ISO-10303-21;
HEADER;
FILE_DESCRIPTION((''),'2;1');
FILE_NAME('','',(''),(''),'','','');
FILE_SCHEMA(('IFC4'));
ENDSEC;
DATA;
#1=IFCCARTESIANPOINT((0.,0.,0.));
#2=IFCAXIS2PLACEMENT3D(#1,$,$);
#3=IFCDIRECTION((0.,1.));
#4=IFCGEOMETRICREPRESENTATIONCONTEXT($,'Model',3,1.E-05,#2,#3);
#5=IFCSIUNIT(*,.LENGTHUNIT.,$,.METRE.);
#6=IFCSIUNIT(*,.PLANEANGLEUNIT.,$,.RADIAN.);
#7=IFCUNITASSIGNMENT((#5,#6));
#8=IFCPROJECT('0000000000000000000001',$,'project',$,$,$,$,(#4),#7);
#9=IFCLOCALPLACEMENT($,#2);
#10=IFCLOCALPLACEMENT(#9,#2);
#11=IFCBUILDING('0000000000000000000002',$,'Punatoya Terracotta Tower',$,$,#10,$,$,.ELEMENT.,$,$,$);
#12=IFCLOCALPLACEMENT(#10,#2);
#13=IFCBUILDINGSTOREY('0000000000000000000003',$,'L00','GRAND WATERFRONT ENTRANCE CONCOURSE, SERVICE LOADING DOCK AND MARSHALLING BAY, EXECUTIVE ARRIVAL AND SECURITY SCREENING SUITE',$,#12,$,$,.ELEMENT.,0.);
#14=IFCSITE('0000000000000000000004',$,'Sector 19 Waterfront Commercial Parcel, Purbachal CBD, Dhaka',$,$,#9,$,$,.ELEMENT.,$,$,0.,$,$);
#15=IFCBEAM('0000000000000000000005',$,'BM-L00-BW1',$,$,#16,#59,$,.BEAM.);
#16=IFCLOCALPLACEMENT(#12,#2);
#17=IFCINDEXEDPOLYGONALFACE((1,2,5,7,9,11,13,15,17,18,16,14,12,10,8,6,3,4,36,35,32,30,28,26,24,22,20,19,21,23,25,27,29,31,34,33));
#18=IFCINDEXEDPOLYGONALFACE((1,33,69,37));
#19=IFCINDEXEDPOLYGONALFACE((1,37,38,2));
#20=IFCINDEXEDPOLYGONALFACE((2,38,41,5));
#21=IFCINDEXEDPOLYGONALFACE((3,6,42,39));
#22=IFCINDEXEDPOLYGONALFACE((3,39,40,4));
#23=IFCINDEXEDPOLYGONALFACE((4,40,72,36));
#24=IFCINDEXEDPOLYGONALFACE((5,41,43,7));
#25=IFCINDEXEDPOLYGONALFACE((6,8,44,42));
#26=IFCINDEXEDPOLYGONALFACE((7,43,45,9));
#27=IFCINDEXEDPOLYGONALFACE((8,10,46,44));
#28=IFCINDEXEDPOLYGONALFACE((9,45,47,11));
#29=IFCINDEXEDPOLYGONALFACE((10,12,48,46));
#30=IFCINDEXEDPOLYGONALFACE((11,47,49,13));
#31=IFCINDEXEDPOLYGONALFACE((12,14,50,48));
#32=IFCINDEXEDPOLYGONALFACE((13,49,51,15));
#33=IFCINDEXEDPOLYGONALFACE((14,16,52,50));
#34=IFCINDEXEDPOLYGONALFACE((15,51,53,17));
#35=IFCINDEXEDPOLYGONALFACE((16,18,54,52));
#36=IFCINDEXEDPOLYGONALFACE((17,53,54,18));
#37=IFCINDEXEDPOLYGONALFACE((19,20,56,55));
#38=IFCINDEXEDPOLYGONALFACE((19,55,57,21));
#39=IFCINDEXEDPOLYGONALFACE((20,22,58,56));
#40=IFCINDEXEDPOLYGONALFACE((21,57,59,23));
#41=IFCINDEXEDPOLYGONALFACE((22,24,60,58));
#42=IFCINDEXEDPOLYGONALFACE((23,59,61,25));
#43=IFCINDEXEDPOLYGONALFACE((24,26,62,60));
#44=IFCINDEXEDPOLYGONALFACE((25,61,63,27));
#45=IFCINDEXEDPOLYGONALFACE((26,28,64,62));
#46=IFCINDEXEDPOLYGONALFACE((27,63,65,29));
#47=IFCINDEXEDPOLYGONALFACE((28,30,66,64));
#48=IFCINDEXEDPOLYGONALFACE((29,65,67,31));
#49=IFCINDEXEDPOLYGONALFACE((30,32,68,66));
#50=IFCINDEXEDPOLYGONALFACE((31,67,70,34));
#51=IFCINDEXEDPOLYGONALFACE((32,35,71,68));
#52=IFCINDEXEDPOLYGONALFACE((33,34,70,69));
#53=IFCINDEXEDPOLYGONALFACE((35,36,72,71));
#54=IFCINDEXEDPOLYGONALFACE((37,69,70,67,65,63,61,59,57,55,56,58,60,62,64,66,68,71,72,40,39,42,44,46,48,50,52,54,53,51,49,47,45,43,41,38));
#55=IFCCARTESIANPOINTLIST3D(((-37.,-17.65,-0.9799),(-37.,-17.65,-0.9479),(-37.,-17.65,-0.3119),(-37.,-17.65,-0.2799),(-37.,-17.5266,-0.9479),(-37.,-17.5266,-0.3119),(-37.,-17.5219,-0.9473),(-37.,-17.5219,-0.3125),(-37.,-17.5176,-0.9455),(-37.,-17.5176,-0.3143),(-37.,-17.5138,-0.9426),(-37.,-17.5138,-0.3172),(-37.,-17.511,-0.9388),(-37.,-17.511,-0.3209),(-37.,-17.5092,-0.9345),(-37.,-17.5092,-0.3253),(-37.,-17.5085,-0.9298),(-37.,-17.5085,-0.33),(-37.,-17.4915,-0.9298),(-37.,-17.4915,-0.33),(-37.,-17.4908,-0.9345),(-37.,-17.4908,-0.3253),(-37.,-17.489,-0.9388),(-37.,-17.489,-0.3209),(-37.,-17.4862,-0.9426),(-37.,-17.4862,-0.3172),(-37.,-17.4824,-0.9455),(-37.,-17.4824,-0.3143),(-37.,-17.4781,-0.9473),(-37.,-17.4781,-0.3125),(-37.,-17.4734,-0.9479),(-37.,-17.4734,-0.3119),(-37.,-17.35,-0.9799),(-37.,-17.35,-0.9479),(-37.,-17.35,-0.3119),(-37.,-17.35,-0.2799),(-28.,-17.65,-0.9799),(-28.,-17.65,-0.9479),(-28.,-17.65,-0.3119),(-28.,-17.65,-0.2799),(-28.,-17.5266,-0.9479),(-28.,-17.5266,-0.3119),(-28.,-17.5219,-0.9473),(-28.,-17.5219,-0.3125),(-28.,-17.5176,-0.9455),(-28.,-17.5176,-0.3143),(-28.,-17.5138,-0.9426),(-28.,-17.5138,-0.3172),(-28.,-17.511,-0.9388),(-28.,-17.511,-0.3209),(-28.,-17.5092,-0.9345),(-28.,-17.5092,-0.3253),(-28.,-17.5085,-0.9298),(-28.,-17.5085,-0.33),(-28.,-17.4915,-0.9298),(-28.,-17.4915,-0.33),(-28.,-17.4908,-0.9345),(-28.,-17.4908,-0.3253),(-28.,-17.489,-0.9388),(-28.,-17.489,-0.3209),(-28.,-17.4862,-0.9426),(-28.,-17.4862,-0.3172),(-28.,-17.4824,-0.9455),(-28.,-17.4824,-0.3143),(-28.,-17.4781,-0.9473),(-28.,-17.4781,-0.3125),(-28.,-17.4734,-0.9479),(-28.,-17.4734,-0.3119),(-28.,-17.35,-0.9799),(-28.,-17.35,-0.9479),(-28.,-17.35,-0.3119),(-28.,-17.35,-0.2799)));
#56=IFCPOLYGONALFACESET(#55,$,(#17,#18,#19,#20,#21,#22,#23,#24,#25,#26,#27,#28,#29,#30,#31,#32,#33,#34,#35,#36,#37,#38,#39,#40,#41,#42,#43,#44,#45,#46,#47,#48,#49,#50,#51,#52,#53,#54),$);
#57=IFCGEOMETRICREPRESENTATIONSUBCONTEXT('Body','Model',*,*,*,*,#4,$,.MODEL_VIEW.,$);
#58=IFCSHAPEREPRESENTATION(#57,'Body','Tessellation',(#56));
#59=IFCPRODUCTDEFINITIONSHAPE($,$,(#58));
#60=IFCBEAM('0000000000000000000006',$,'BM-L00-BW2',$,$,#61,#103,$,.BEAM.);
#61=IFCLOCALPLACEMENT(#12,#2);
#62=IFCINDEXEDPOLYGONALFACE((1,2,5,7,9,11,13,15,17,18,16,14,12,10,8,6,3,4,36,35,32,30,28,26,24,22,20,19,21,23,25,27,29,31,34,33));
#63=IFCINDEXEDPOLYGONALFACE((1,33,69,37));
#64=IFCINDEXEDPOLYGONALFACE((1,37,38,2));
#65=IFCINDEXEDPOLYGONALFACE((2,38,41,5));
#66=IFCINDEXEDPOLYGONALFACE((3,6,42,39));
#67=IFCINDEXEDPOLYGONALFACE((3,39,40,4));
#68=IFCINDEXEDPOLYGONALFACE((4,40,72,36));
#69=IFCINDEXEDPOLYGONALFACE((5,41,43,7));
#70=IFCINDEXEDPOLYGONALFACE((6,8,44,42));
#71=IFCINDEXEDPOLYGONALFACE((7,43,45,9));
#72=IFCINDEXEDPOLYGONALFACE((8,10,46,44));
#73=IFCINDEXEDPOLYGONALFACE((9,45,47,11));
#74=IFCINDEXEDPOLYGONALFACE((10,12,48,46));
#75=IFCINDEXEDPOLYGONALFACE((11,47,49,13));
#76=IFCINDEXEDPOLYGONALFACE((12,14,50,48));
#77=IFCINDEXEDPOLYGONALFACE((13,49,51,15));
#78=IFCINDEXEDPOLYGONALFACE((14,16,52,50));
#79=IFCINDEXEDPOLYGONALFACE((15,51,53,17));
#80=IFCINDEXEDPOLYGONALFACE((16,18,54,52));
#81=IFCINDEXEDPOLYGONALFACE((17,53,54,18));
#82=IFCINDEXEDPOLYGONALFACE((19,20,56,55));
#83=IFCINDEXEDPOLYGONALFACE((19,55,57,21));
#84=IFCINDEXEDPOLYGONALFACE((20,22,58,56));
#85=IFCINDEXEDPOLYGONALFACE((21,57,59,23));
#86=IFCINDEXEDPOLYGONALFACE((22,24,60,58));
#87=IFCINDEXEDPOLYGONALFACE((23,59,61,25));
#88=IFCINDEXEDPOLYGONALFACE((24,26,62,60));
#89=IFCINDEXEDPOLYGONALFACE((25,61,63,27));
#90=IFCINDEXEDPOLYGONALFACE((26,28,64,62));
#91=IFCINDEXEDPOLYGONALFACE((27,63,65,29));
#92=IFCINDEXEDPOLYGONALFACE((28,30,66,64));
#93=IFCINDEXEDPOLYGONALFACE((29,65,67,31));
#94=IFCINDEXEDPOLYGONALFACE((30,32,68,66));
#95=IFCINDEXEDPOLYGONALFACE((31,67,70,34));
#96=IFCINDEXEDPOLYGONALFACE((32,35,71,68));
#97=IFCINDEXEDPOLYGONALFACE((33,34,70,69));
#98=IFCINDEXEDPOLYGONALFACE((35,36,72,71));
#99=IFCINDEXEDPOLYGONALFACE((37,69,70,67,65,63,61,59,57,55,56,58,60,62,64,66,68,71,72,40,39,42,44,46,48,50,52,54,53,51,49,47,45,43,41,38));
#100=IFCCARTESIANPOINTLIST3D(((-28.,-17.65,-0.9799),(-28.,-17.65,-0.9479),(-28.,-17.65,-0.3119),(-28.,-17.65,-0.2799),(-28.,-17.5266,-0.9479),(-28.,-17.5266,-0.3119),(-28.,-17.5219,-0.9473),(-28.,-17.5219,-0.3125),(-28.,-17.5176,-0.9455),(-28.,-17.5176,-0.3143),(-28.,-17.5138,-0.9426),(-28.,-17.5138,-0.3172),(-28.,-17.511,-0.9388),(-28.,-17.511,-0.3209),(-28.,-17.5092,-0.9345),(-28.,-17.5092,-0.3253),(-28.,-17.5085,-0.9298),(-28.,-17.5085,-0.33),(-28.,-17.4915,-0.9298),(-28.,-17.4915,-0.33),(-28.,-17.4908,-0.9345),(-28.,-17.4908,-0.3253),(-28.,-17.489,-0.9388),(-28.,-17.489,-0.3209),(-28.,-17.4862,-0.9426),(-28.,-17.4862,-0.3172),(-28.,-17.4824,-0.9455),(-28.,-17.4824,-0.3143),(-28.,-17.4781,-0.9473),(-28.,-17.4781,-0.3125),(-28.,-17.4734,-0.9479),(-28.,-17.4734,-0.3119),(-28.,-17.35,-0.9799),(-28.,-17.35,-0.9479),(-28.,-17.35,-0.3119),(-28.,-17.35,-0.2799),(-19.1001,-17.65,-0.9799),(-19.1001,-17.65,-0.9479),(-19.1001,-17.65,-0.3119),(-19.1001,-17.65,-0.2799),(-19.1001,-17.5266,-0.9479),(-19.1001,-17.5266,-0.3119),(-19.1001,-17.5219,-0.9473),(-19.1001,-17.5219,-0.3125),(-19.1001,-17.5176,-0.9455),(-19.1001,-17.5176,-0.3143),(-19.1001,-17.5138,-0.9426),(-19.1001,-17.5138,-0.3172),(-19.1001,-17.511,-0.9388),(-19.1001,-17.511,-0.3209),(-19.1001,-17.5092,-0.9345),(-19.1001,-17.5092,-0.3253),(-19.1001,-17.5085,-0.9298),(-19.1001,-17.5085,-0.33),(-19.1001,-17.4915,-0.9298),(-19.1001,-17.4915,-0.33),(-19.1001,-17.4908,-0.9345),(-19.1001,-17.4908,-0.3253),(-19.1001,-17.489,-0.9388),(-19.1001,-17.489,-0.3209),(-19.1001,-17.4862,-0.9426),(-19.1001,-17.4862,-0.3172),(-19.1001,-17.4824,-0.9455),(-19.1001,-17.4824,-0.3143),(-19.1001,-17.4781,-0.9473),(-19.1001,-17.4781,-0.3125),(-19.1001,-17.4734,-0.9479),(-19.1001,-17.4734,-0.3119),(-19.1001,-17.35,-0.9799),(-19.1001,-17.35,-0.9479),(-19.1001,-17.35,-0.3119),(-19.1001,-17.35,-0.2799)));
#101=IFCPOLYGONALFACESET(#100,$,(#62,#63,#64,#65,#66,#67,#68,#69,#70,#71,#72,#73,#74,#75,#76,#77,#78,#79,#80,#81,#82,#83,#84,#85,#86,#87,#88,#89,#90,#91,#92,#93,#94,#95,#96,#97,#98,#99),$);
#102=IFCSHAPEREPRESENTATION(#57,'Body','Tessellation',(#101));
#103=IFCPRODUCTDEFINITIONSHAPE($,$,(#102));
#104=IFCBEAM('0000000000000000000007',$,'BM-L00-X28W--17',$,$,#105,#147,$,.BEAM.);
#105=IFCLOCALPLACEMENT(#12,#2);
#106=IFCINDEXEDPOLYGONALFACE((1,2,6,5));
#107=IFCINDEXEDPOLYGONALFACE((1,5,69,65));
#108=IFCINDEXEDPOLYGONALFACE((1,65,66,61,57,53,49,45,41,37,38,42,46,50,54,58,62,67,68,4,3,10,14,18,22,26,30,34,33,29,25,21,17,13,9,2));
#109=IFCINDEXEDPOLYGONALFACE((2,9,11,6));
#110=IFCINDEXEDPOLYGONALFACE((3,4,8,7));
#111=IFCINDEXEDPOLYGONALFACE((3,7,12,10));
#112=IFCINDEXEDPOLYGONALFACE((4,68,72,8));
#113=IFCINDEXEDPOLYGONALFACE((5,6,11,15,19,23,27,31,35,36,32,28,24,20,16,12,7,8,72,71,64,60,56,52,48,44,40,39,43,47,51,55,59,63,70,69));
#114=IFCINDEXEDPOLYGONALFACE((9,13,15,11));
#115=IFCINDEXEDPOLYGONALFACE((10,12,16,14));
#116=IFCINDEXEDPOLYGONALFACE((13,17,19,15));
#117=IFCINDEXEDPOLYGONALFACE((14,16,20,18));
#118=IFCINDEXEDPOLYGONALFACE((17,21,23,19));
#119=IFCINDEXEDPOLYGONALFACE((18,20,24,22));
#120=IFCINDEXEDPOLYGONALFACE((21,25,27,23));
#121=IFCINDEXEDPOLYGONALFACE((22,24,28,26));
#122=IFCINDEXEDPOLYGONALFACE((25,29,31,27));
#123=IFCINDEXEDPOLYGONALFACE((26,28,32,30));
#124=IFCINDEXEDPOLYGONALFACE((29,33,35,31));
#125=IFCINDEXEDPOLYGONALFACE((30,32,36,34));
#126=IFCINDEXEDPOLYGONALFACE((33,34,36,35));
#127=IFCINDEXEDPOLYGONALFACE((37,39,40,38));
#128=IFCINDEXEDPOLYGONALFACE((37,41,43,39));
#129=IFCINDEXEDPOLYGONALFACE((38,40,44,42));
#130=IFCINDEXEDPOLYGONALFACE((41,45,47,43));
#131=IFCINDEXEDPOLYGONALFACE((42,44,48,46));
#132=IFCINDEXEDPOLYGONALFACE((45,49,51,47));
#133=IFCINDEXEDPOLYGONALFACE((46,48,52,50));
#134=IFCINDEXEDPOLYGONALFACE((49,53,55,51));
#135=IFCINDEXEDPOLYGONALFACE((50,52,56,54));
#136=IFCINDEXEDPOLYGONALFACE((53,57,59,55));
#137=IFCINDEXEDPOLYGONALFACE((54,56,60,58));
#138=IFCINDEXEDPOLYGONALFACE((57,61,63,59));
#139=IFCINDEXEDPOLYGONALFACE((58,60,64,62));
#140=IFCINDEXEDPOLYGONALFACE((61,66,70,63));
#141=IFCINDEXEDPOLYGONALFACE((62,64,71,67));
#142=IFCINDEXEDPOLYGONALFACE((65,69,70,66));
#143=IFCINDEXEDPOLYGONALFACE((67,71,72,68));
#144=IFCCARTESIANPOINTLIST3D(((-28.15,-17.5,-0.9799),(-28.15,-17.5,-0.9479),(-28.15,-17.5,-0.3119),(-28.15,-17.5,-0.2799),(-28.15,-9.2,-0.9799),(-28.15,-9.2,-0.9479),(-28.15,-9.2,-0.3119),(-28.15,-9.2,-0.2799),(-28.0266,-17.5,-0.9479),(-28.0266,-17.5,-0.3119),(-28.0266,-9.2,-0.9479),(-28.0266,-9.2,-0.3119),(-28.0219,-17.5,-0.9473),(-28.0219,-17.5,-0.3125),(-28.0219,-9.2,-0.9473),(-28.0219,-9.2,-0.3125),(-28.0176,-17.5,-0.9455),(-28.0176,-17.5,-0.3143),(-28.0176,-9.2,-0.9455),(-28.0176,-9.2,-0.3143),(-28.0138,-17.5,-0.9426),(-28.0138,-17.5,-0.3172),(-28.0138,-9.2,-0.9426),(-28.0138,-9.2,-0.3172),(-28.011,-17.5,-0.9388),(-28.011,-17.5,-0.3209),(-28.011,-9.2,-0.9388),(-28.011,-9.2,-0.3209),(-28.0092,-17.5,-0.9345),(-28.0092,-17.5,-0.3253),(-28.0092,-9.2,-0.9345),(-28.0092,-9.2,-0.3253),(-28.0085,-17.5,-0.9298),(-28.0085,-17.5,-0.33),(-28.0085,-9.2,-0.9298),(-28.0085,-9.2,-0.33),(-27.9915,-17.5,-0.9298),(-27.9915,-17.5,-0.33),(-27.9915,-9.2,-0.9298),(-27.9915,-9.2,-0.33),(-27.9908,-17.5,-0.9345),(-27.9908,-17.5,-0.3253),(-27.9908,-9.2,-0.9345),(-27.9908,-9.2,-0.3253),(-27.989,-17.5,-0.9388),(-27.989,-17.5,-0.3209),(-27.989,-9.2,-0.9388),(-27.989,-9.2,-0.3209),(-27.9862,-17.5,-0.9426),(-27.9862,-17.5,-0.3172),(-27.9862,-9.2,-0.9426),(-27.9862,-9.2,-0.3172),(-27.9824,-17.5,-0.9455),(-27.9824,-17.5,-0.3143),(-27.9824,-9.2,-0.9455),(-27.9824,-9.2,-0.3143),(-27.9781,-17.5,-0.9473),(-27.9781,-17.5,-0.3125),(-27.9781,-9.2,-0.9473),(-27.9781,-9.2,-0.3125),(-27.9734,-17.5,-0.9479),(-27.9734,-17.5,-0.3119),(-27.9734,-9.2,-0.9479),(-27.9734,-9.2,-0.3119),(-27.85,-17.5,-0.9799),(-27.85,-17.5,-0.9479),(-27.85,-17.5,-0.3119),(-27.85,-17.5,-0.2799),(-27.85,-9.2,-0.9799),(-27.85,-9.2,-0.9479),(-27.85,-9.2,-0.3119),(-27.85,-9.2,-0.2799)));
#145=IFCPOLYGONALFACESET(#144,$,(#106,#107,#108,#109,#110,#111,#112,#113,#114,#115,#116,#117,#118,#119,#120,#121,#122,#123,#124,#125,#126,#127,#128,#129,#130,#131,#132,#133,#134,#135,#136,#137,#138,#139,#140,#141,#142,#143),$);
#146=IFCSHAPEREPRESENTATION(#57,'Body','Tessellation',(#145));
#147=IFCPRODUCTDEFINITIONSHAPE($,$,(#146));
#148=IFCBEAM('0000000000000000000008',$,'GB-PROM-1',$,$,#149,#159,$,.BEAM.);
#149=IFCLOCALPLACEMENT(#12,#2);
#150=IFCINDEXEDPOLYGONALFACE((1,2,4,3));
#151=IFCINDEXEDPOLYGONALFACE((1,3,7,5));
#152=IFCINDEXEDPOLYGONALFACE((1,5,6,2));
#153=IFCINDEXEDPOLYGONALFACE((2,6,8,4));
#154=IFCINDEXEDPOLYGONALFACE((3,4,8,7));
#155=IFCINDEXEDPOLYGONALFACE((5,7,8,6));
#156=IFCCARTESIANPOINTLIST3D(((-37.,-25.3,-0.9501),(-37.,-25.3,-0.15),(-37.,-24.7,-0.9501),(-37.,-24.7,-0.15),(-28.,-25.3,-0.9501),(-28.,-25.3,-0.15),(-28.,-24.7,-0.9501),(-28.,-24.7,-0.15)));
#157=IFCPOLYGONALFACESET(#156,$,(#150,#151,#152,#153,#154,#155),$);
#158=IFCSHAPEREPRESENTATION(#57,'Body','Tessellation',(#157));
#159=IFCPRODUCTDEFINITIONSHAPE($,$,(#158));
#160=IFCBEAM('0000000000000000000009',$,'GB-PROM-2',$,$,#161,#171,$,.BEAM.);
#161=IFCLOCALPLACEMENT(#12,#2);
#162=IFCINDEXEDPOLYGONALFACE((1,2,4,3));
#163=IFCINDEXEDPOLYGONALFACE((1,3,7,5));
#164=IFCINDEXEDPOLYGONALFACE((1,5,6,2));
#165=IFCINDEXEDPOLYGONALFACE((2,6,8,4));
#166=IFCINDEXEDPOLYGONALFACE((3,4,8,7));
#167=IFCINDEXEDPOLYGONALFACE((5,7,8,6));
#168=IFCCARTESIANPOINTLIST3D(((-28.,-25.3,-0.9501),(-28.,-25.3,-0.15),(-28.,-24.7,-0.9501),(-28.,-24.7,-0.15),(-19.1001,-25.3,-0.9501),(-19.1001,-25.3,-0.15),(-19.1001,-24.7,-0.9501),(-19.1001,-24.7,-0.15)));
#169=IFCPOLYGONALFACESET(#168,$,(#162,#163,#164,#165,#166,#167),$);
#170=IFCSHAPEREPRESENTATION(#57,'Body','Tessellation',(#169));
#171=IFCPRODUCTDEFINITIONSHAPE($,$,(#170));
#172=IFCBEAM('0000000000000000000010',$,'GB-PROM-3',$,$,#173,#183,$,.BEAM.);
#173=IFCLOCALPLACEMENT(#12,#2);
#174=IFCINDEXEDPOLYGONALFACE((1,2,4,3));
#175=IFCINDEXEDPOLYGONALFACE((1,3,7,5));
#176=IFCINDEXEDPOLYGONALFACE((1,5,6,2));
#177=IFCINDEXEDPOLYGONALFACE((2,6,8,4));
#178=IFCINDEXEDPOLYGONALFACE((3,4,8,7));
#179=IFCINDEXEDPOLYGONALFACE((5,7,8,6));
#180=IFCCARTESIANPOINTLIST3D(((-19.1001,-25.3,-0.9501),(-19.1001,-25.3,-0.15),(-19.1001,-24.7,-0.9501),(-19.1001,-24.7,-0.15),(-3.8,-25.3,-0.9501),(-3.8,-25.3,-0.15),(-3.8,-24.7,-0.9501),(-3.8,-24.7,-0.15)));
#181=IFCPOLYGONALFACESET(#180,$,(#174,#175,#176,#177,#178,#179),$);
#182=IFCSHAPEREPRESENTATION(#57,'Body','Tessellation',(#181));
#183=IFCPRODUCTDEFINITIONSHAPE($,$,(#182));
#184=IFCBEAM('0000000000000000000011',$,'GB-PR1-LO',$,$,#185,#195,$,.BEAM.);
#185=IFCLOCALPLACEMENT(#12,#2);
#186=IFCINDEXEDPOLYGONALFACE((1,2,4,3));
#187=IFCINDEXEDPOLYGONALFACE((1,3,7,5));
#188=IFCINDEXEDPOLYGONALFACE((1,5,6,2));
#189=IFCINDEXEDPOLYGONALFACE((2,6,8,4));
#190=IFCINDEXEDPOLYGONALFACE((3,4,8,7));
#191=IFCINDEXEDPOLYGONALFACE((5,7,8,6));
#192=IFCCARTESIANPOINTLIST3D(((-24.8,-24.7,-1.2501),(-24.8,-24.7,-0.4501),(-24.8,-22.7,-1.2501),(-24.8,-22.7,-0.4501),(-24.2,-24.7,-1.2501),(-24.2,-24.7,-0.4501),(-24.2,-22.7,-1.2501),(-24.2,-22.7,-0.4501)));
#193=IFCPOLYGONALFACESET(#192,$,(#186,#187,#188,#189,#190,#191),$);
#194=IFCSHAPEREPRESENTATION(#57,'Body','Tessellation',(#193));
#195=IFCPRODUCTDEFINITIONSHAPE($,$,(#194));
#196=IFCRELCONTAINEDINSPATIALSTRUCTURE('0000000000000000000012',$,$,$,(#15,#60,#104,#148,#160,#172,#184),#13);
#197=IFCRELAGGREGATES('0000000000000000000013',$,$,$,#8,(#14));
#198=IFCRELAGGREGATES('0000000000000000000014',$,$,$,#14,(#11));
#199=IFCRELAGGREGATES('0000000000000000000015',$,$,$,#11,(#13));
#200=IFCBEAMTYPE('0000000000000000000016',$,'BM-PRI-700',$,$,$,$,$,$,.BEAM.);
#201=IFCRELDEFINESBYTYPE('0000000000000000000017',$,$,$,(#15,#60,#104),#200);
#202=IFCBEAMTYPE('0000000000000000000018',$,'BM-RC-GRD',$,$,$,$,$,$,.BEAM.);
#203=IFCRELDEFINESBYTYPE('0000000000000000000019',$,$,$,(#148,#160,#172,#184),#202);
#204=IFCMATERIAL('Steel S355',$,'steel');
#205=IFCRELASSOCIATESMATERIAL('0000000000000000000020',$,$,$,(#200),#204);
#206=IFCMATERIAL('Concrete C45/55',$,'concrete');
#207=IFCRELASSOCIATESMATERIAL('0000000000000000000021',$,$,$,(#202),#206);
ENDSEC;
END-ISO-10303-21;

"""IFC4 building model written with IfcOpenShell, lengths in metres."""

from ifc_helpers import new_model, si_unit, direction, frame, origin, origin_2d, place, context, subcontext, project, spatial, rectangle, i_section, extrude, material, material_profile, profile_set, type_object, element, save


model = new_model("IFC4")

# Units and contexts
model_context = context("Model", 3, precision=1e-05, world=origin(), true_north=direction((0.0, 1.0)))
body_context = subcontext(model_context, "Body", "Model", "MODEL_VIEW")
ifc_project = project(units=[si_unit("LENGTHUNIT", "METRE"), si_unit("PLANEANGLEUNIT", "RADIAN")], contexts=[model_context])

# Site, building, storey
site_placement = place(None, origin())
site = spatial("IfcSite", under=ifc_project, at=site_placement, Name="Sector 19 Waterfront Commercial Parcel, Purbachal CBD, Dhaka", CompositionType="ELEMENT", RefElevation=0.0)
building_placement = place(site_placement, origin())
building = spatial("IfcBuilding", under=site, at=building_placement, Name="Punatoya Terracotta Tower", CompositionType="ELEMENT")
storey_placement = place(building_placement, origin())
storey = spatial("IfcBuildingStorey", under=building, at=storey_placement, Name="L00", Description="GRAND WATERFRONT ENTRANCE CONCOURSE, SERVICE LOADING DOCK AND MARSHALLING BAY, EXECUTIVE ARRIVAL AND SECURITY SCREENING SUITE", CompositionType="ELEMENT", Elevation=0.0)

# Beams
ifc_material_1 = material(Name="Steel S355", Category="steel")
ifc_material_profile_1 = material_profile(ifc_material_1, i_section(OverallWidth=0.3, OverallDepth=0.7, WebThickness=0.0171, FlangeThickness=0.032, FilletRadius=0.0181, at=origin_2d()))
ifc_profile_set_1 = profile_set([ifc_material_profile_1], Name="Steel S355")
beam_type_1 = type_object("IfcBeamType", Name="BM-PRI-700", PredefinedType="BEAM", material=ifc_profile_set_1)
beam_1_placement = place(storey_placement, frame((-37.0, -17.5, -0.6299), z_axis=(1.0, 0.0, 0.0), x_axis=(0.0, 1.0, 0.0)))
element("IfcBeam", 1, at=beam_1_placement, inside=storey, type_object=beam_type_1, Name="BM-L00-BW1", PredefinedType="BEAM", context=body_context, shape_type="SweptSolid", body=[
    extrude(i_section(OverallWidth=0.3, OverallDepth=0.7, WebThickness=0.0171, FlangeThickness=0.032, FilletRadius=0.0181, at=origin_2d()), origin(), (0.0, 0.0, 1.0), 9.0),
])
beam_2_placement = place(storey_placement, frame((-28.0, -17.5, -0.6299), z_axis=(1.0, 0.0, 0.0), x_axis=(0.0, 1.0, 0.0)))
element("IfcBeam", 2, at=beam_2_placement, inside=storey, type_object=beam_type_1, Name="BM-L00-BW2", PredefinedType="BEAM", context=body_context, shape_type="SweptSolid", body=[
    extrude(i_section(OverallWidth=0.3, OverallDepth=0.7, WebThickness=0.0171, FlangeThickness=0.032, FilletRadius=0.0181, at=origin_2d()), origin(), (0.0, 0.0, 1.0), 8.8999),
])
beam_3_placement = place(storey_placement, frame((-28.0, -17.5, -0.6299), z_axis=(0.0, 1.0, 0.0), x_axis=(-1.0, 0.0, 0.0)))
element("IfcBeam", 3, at=beam_3_placement, inside=storey, type_object=beam_type_1, Name="BM-L00-X28W--17", PredefinedType="BEAM", context=body_context, shape_type="SweptSolid", body=[
    extrude(i_section(OverallWidth=0.3, OverallDepth=0.7, WebThickness=0.0171, FlangeThickness=0.032, FilletRadius=0.0181, at=origin_2d()), origin(), (0.0, 0.0, 1.0), 8.3),
])
ifc_material_2 = material(Name="Concrete C45/55", Category="concrete")
ifc_material_profile_2 = material_profile(ifc_material_2, rectangle(XDim=0.6001, YDim=0.8, at=origin_2d()))
ifc_profile_set_2 = profile_set([ifc_material_profile_2], Name="Concrete C45/55")
beam_type_2 = type_object("IfcBeamType", Name="BM-RC-GRD", PredefinedType="BEAM", material=ifc_profile_set_2)
beam_4_placement = place(storey_placement, frame((-37.0, -25.0, -0.55), z_axis=(1.0, 0.0, 0.0), x_axis=(0.0, 1.0, 0.0)))
element("IfcBeam", 4, at=beam_4_placement, inside=storey, type_object=beam_type_2, Name="GB-PROM-1", PredefinedType="BEAM", context=body_context, shape_type="SweptSolid", body=[
    extrude(rectangle(XDim=0.6001, YDim=0.8, at=origin_2d()), origin(), (0.0, 0.0, 1.0), 9.0),
])
beam_5_placement = place(storey_placement, frame((-28.0, -25.0, -0.55), z_axis=(1.0, 0.0, 0.0), x_axis=(0.0, 1.0, 0.0)))
element("IfcBeam", 5, at=beam_5_placement, inside=storey, type_object=beam_type_2, Name="GB-PROM-2", PredefinedType="BEAM", context=body_context, shape_type="SweptSolid", body=[
    extrude(rectangle(XDim=0.6001, YDim=0.8, at=origin_2d()), origin(), (0.0, 0.0, 1.0), 8.8999),
])
beam_6_placement = place(storey_placement, frame((-19.1001, -25.0, -0.55), z_axis=(1.0, 0.0, 0.0), x_axis=(0.0, 1.0, 0.0)))
element("IfcBeam", 6, at=beam_6_placement, inside=storey, type_object=beam_type_2, Name="GB-PROM-3", PredefinedType="BEAM", context=body_context, shape_type="SweptSolid", body=[
    extrude(rectangle(XDim=0.6001, YDim=0.8, at=origin_2d()), origin(), (0.0, 0.0, 1.0), 15.3),
])
for number, where, z_axis, x_axis, name in (
    (7, (-24.5, -24.7, -0.8501), (0.0, 1.0, 0.0), (-1.0, 0.0, 0.0), "GB-PR1-LO"),
):
    element("IfcBeam", number, at=place(storey_placement, frame(where, z_axis=z_axis, x_axis=x_axis)), inside=storey, type_object=beam_type_2, Name=name, PredefinedType="BEAM", context=body_context, shape_type="SweptSolid", body=[
        extrude(rectangle(XDim=0.6001, YDim=0.8, at=origin_2d()), origin(), (0.0, 0.0, 1.0), 2.0),
    ])

save(model, "model.ifc")
